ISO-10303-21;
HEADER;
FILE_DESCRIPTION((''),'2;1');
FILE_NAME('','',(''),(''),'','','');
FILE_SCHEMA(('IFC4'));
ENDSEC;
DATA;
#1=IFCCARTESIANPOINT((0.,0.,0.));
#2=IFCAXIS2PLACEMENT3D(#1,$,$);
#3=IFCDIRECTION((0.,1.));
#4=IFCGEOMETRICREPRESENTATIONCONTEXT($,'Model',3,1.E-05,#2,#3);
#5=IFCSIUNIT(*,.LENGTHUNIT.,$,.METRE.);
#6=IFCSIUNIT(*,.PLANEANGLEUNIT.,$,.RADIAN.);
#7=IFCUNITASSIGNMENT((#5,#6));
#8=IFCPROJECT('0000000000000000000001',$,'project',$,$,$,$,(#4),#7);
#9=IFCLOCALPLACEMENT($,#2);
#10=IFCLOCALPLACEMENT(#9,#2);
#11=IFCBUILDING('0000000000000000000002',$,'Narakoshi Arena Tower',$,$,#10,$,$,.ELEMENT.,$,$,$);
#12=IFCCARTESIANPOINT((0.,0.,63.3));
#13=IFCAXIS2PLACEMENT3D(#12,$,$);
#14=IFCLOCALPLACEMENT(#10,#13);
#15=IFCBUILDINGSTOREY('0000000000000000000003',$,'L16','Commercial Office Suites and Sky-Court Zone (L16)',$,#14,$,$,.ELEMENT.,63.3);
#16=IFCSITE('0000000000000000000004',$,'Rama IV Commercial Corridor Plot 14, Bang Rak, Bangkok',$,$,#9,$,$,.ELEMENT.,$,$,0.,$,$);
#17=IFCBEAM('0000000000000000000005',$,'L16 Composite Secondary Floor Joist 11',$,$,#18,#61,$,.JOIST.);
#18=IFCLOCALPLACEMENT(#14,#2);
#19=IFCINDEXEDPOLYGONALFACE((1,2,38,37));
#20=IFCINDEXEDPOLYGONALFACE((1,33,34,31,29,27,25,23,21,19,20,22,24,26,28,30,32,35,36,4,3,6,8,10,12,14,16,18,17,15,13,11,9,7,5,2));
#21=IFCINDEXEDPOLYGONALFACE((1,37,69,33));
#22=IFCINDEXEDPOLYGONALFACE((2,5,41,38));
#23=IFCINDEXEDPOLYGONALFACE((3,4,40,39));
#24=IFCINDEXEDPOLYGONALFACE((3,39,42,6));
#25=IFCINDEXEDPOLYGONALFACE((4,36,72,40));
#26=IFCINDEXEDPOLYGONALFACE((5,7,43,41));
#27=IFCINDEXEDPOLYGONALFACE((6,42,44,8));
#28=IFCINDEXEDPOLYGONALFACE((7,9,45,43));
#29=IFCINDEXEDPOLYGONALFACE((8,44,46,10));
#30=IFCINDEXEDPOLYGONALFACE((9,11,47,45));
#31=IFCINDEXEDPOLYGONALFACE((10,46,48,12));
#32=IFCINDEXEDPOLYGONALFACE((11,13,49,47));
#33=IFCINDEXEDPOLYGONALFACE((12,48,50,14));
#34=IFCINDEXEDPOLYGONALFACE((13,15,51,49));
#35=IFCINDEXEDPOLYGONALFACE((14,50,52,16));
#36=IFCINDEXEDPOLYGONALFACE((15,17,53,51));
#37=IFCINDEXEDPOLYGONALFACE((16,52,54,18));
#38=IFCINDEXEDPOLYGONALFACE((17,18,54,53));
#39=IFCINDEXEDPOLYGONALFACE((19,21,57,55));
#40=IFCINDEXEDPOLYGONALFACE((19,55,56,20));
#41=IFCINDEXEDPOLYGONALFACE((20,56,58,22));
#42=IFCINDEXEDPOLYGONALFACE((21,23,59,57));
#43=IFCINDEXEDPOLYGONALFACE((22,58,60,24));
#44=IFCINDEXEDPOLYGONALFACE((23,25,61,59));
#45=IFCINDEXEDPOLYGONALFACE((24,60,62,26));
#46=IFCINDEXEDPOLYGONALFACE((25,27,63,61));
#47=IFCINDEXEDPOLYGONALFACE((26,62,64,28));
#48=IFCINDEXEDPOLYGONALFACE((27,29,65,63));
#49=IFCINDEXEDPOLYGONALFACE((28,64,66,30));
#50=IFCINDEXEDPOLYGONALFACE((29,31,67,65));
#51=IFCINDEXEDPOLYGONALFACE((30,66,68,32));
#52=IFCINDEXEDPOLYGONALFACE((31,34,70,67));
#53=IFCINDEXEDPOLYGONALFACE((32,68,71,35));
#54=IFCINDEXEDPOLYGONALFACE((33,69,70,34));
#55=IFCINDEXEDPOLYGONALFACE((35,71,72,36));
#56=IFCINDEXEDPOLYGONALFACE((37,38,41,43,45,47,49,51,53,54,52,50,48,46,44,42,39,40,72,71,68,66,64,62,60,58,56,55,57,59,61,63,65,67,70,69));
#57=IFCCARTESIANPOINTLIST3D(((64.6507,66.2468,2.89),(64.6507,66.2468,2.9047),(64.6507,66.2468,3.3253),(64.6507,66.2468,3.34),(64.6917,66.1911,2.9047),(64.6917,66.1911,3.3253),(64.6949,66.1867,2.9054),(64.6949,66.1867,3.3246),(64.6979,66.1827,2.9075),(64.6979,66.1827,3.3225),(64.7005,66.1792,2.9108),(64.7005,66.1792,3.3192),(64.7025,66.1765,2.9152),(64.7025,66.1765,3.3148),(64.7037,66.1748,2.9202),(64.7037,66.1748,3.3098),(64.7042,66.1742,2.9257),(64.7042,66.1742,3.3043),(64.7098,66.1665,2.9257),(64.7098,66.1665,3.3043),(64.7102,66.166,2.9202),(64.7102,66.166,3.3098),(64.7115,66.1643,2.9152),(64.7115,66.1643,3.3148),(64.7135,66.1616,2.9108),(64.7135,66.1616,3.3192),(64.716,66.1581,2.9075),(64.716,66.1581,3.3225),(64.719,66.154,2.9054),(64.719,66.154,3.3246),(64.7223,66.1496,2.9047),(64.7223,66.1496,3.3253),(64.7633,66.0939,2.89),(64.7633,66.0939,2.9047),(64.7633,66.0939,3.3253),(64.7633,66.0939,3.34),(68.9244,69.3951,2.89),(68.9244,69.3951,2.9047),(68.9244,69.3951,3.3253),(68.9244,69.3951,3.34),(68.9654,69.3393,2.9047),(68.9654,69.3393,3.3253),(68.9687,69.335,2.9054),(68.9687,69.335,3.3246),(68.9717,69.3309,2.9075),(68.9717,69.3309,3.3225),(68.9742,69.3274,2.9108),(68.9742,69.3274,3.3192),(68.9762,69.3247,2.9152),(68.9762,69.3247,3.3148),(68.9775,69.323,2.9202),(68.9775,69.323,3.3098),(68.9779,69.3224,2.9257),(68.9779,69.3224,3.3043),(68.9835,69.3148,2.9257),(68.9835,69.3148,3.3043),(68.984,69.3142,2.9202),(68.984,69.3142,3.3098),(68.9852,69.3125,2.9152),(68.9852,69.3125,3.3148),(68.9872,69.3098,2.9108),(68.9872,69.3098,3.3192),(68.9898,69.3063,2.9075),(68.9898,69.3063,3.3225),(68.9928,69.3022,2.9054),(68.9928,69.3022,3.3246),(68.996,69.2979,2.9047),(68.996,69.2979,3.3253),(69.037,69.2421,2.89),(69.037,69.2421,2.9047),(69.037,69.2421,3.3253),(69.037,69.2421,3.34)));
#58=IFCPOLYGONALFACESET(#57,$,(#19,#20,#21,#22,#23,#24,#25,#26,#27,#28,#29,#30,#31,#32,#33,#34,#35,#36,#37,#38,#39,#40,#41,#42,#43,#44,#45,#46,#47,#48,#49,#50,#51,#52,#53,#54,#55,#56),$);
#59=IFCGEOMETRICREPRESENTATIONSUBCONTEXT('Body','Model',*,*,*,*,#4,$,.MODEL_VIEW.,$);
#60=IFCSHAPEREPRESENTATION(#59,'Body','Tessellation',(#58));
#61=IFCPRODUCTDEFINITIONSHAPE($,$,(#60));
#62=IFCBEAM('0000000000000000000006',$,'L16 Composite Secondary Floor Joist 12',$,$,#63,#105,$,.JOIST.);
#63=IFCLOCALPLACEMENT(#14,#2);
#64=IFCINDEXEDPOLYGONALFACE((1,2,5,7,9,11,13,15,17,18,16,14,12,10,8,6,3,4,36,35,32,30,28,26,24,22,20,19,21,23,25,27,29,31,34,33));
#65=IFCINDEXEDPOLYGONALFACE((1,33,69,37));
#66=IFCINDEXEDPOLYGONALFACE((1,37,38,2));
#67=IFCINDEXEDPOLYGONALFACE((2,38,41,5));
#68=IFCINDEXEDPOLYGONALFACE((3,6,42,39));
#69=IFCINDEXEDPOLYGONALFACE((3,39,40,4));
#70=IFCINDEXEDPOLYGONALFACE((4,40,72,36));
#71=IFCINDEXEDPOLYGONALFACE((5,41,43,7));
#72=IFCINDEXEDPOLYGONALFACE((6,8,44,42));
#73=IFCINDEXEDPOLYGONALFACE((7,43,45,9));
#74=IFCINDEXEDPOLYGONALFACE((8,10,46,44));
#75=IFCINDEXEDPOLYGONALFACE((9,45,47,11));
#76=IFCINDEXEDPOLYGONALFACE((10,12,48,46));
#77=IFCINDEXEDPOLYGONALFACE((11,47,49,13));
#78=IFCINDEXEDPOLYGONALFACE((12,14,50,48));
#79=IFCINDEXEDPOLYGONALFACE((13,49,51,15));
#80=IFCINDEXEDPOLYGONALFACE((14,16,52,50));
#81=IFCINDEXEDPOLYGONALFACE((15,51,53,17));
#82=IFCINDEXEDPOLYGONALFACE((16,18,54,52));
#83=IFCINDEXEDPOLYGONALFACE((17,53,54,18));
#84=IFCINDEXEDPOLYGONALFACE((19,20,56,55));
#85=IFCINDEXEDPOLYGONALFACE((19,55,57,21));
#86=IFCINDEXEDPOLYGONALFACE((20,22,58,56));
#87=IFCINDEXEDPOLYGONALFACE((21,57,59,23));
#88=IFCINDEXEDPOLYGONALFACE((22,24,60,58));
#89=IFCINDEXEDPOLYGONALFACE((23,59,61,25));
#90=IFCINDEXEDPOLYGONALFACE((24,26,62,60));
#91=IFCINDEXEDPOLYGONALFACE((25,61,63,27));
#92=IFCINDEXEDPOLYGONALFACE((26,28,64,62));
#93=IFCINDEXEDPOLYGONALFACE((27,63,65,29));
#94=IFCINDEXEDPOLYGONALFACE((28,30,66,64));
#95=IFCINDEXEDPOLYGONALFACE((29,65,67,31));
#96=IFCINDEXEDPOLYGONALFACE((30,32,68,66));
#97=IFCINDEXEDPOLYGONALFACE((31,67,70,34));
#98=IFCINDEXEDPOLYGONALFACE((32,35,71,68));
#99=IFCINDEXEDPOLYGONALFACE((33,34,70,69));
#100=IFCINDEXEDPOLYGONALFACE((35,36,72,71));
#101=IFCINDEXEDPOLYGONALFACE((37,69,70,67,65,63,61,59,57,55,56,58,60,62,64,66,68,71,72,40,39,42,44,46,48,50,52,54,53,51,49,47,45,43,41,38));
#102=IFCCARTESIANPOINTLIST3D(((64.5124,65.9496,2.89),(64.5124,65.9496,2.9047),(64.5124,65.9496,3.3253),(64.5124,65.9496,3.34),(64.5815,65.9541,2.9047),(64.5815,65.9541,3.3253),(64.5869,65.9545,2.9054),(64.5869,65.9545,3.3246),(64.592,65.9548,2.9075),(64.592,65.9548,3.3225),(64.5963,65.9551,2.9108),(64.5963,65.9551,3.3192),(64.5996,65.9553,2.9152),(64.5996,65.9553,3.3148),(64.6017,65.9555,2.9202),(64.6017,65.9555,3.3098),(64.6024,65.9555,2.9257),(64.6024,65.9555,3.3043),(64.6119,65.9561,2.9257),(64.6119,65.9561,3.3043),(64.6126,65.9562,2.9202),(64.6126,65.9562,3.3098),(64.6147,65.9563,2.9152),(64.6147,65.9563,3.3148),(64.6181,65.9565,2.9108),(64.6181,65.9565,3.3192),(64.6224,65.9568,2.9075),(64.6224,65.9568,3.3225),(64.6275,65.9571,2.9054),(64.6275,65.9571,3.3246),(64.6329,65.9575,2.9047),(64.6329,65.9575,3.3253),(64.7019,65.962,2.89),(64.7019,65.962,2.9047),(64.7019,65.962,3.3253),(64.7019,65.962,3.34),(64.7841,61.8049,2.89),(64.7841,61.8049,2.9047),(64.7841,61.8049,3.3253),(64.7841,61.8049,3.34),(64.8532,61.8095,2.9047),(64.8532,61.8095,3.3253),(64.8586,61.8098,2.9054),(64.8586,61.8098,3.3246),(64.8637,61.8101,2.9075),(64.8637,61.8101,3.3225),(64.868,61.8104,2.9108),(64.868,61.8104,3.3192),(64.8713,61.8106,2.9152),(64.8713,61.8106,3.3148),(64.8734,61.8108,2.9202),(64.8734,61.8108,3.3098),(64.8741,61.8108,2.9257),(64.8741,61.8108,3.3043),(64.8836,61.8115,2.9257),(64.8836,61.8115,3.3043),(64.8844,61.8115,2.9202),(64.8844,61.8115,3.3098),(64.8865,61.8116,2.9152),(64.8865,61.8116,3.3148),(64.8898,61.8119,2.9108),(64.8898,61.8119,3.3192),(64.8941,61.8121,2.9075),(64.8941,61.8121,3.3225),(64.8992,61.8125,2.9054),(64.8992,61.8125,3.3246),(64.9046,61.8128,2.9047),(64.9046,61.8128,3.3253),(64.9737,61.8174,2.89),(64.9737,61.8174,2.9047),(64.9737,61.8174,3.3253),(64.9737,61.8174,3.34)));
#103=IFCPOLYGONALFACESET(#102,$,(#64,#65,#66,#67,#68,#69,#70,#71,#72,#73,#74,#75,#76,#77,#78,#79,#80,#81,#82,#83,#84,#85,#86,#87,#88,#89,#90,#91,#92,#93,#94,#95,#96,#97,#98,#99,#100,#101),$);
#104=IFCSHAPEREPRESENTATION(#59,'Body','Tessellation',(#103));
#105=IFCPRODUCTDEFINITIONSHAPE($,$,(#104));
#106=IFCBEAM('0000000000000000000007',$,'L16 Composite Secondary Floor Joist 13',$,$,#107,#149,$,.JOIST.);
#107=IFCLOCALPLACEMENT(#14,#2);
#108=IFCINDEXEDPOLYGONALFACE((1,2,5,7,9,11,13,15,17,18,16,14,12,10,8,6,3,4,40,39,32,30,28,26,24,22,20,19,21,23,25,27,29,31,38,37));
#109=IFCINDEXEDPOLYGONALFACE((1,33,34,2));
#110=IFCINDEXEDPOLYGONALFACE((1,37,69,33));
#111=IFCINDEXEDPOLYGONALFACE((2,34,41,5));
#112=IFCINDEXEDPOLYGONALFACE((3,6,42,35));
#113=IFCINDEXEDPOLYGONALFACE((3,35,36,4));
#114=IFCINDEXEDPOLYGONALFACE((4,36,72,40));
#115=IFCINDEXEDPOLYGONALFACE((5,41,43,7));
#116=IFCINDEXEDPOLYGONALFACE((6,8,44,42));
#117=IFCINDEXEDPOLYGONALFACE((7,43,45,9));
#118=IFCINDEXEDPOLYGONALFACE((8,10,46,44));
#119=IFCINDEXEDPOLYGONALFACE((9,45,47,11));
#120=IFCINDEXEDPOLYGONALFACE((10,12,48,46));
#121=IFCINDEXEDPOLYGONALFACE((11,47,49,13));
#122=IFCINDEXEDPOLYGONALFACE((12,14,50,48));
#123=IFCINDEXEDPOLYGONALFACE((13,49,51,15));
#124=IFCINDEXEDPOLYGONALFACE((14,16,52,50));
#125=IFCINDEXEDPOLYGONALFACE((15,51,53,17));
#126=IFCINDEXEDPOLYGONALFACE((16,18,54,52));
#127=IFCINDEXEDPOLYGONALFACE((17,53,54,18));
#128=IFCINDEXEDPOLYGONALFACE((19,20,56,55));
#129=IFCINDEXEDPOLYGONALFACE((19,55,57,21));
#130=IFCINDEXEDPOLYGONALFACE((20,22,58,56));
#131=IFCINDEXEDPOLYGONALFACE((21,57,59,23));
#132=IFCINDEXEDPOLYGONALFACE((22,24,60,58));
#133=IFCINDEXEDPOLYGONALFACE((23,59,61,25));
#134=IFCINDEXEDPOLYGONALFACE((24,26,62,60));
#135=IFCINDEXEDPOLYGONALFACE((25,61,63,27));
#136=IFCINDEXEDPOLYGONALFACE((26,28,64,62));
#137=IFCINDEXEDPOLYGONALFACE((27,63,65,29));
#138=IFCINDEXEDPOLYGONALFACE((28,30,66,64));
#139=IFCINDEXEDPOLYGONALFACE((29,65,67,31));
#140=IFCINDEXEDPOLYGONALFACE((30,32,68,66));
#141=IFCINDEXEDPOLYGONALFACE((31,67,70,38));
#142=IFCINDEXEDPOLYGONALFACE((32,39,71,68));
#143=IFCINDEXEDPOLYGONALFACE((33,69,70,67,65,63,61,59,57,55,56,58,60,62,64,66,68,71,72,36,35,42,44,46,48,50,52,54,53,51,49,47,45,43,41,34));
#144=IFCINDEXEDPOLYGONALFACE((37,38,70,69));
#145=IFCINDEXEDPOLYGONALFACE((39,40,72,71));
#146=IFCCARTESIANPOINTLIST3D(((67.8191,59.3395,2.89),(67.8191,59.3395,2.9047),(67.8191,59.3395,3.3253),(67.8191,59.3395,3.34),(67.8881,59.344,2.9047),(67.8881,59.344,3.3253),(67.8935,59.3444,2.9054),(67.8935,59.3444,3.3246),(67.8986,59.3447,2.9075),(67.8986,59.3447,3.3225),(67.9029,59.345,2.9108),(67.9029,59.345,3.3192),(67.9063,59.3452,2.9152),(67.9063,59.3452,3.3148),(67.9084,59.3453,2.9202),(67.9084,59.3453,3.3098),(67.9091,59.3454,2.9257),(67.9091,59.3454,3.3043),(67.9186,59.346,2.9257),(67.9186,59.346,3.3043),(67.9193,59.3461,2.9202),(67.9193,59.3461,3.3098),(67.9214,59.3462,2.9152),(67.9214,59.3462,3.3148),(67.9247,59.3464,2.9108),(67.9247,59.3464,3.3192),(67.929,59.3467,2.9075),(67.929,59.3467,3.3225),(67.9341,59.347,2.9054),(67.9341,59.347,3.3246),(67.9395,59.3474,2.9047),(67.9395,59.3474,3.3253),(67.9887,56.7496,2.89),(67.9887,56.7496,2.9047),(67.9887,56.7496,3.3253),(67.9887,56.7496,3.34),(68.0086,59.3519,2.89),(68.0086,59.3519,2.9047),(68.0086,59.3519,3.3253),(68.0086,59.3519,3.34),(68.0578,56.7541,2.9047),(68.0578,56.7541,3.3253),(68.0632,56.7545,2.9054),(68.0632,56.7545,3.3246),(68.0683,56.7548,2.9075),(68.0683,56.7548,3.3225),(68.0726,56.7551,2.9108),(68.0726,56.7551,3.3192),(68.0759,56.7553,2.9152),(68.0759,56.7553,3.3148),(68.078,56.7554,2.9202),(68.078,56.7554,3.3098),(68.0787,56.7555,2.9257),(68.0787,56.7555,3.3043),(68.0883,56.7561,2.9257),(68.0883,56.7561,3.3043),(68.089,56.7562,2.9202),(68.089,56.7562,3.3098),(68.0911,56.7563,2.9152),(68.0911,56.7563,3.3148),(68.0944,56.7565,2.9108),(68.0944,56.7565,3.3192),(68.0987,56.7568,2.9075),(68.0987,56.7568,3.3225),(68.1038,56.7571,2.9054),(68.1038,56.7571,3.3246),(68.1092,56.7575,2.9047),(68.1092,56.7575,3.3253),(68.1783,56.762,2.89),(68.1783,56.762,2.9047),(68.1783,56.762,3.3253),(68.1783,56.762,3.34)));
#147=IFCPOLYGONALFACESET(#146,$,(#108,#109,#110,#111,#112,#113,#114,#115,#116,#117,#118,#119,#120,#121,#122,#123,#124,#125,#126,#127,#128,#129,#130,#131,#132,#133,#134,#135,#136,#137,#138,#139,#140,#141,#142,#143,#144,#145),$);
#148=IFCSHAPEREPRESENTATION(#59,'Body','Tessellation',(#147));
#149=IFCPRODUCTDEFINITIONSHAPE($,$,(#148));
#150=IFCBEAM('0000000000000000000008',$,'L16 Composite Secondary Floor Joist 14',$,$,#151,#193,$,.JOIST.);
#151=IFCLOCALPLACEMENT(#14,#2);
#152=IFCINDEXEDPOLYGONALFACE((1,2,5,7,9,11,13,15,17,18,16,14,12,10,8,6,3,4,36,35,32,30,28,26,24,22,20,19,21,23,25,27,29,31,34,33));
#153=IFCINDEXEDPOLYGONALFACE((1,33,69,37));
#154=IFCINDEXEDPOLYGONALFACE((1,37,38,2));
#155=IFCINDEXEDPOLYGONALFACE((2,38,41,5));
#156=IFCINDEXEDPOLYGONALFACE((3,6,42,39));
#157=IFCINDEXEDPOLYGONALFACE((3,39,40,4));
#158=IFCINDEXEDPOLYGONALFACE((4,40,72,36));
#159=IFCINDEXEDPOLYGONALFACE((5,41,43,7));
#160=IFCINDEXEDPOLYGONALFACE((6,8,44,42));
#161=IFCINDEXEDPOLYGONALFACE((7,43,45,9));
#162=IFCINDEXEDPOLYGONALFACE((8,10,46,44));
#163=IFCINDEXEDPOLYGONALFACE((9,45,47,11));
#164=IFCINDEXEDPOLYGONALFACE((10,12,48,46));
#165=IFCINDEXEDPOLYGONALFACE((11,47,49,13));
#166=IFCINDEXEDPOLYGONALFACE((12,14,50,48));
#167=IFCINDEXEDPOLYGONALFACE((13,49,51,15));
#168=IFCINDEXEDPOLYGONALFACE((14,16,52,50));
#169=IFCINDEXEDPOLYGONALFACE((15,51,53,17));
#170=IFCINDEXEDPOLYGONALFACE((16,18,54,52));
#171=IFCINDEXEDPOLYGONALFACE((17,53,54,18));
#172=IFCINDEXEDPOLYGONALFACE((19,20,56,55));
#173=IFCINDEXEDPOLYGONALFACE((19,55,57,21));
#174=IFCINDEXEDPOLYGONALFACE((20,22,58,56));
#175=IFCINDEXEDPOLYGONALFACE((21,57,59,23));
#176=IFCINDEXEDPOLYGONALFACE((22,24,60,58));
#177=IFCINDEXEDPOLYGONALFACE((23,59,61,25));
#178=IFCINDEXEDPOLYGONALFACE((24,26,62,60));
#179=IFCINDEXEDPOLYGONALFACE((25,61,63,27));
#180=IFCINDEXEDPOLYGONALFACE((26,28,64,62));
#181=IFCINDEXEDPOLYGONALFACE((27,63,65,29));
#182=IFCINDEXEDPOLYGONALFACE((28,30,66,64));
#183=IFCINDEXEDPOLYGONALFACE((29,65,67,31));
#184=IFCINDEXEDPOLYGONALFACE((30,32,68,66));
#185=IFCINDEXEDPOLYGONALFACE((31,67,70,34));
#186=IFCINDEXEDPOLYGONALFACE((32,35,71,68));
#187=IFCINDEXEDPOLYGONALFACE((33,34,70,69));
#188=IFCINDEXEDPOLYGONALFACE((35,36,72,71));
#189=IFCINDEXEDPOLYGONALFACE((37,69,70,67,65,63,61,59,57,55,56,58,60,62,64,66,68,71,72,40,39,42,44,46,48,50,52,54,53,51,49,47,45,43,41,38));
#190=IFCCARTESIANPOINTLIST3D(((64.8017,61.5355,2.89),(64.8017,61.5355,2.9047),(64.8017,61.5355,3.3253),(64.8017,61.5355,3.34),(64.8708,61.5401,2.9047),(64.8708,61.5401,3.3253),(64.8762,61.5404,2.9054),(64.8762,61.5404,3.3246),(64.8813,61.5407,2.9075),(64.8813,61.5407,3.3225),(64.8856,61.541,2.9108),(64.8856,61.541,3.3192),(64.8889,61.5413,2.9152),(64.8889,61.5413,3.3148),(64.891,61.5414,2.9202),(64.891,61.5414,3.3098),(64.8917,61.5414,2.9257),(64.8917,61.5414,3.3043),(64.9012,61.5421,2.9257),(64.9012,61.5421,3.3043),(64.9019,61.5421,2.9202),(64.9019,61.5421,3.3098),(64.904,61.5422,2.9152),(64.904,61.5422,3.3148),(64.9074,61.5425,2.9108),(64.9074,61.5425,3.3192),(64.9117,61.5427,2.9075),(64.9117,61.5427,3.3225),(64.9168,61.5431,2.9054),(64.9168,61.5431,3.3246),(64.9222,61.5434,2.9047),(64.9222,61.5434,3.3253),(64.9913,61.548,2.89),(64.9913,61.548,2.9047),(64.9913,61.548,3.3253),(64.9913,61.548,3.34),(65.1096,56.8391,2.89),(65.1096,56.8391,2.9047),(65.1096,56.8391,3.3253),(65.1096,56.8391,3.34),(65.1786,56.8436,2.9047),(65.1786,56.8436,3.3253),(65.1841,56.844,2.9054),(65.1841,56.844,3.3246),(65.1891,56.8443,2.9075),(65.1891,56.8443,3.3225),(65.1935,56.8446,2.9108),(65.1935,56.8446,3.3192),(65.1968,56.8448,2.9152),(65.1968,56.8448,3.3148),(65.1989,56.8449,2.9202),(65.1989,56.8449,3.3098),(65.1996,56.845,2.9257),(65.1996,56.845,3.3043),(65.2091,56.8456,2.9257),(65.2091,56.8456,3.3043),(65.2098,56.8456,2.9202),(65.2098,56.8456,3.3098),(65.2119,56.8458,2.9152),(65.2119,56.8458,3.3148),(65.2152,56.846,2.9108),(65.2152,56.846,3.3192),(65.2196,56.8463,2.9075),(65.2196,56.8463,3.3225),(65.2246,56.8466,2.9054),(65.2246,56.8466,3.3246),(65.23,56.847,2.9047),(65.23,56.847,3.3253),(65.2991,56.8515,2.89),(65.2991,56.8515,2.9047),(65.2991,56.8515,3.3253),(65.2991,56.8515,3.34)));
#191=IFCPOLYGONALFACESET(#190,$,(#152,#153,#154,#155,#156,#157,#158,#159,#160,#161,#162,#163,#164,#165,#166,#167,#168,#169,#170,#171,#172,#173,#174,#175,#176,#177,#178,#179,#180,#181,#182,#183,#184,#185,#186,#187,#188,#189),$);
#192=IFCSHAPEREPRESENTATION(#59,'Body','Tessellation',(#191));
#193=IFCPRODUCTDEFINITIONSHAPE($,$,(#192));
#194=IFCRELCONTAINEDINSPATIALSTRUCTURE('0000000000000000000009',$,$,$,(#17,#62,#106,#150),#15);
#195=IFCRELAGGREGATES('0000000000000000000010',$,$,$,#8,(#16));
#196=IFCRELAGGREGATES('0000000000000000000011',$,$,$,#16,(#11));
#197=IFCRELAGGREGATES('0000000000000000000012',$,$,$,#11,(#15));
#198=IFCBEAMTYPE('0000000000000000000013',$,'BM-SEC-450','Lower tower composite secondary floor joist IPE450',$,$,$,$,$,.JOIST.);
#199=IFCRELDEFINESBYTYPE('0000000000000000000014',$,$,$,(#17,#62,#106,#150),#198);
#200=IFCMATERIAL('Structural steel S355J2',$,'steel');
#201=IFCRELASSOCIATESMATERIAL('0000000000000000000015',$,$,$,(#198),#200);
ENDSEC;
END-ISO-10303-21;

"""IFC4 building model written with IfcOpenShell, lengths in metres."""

from ifc_helpers import new_model, si_unit, direction, frame, origin, origin_2d, place, context, subcontext, project, spatial, i_section, extrude, material, material_profile, profile_set, type_object, element, save


model = new_model("IFC4")

# Units and contexts
model_context = context("Model", 3, precision=1e-05, world=origin(), true_north=direction((0.0, 1.0)))
body_context = subcontext(model_context, "Body", "Model", "MODEL_VIEW")
ifc_project = project(units=[si_unit("LENGTHUNIT", "METRE"), si_unit("PLANEANGLEUNIT", "RADIAN")], contexts=[model_context])

# Site, building, storey
site_placement = place(None, origin())
site = spatial("IfcSite", under=ifc_project, at=site_placement, Name="Rama IV Commercial Corridor Plot 14, Bang Rak, Bangkok", CompositionType="ELEMENT", RefElevation=0.0)
building_placement = place(site_placement, origin())
building = spatial("IfcBuilding", under=site, at=building_placement, Name="Narakoshi Arena Tower", CompositionType="ELEMENT")
storey_placement = place(building_placement, frame((0.0, 0.0, 63.3)))
storey = spatial("IfcBuildingStorey", under=building, at=storey_placement, Name="L16", Description="Commercial Office Suites and Sky-Court Zone (L16)", CompositionType="ELEMENT", Elevation=63.3)

# Beams
ifc_material_1 = material(Name="Structural steel S355J2", Category="steel")
ifc_material_profile_1 = material_profile(ifc_material_1, i_section(OverallWidth=0.1899, OverallDepth=0.45, WebThickness=0.0095, FlangeThickness=0.0146, FilletRadius=0.021, at=origin_2d()), Name="IPE450")
ifc_profile_set_1 = profile_set([ifc_material_profile_1], Name="Structural steel S355J2")
beam_type_1 = type_object("IfcBeamType", Name="BM-SEC-450", Description="Lower tower composite secondary floor joist IPE450", PredefinedType="JOIST", material=ifc_profile_set_1)
beam_1_placement = place(storey_placement, frame((68.9807, 69.3186, 3.115), z_axis=(-0.805131, -0.593097, 0.0), x_axis=(0.593097, -0.805131, 0.0)))
element("IfcBeam", 1, at=beam_1_placement, inside=storey, type_object=beam_type_1, Name="L16 Composite Secondary Floor Joist 11", PredefinedType="JOIST", context=body_context, shape_type="SweptSolid", body=[
    extrude(i_section(OverallWidth=0.1899, OverallDepth=0.45, WebThickness=0.0095, FlangeThickness=0.0146, FilletRadius=0.021, at=origin_2d()), origin(), (0.0, 0.0, 1.0), 5.3081),
])
beam_2_placement = place(storey_placement, frame((64.6072, 65.9558, 3.115), z_axis=(0.065419, -0.997858, 0.0), x_axis=(0.997858, 0.065419, 0.0)))
element("IfcBeam", 2, at=beam_2_placement, inside=storey, type_object=beam_type_1, Name="L16 Composite Secondary Floor Joist 12", PredefinedType="JOIST", context=body_context, shape_type="SweptSolid", body=[
    extrude(i_section(OverallWidth=0.1899, OverallDepth=0.45, WebThickness=0.0095, FlangeThickness=0.0146, FilletRadius=0.021, at=origin_2d()), origin(), (0.0, 0.0, 1.0), 4.1536),
])
beam_3_placement = place(storey_placement, frame((67.9138, 59.3457, 3.115), z_axis=(0.065376, -0.997861, 0.0), x_axis=(0.997861, 0.065376, 0.0)))
element("IfcBeam", 3, at=beam_3_placement, inside=storey, type_object=beam_type_1, Name="L16 Composite Secondary Floor Joist 13", PredefinedType="JOIST", context=body_context, shape_type="SweptSolid", body=[
    extrude(i_section(OverallWidth=0.1899, OverallDepth=0.45, WebThickness=0.0095, FlangeThickness=0.0146, FilletRadius=0.021, at=origin_2d()), origin(), (0.0, 0.0, 1.0), 2.5955),
])
beam_4_placement = place(storey_placement, frame((64.8965, 61.5417, 3.115), z_axis=(0.06541, -0.997858, 0.0), x_axis=(0.997858, 0.06541, 0.0)))
element("IfcBeam", 4, at=beam_4_placement, inside=storey, type_object=beam_type_1, Name="L16 Composite Secondary Floor Joist 14", PredefinedType="JOIST", context=body_context, shape_type="SweptSolid", body=[
    extrude(i_section(OverallWidth=0.1899, OverallDepth=0.45, WebThickness=0.0095, FlangeThickness=0.0146, FilletRadius=0.021, at=origin_2d()), origin(), (0.0, 0.0, 1.0), 4.7065),
])

save(model, "model.ifc")
